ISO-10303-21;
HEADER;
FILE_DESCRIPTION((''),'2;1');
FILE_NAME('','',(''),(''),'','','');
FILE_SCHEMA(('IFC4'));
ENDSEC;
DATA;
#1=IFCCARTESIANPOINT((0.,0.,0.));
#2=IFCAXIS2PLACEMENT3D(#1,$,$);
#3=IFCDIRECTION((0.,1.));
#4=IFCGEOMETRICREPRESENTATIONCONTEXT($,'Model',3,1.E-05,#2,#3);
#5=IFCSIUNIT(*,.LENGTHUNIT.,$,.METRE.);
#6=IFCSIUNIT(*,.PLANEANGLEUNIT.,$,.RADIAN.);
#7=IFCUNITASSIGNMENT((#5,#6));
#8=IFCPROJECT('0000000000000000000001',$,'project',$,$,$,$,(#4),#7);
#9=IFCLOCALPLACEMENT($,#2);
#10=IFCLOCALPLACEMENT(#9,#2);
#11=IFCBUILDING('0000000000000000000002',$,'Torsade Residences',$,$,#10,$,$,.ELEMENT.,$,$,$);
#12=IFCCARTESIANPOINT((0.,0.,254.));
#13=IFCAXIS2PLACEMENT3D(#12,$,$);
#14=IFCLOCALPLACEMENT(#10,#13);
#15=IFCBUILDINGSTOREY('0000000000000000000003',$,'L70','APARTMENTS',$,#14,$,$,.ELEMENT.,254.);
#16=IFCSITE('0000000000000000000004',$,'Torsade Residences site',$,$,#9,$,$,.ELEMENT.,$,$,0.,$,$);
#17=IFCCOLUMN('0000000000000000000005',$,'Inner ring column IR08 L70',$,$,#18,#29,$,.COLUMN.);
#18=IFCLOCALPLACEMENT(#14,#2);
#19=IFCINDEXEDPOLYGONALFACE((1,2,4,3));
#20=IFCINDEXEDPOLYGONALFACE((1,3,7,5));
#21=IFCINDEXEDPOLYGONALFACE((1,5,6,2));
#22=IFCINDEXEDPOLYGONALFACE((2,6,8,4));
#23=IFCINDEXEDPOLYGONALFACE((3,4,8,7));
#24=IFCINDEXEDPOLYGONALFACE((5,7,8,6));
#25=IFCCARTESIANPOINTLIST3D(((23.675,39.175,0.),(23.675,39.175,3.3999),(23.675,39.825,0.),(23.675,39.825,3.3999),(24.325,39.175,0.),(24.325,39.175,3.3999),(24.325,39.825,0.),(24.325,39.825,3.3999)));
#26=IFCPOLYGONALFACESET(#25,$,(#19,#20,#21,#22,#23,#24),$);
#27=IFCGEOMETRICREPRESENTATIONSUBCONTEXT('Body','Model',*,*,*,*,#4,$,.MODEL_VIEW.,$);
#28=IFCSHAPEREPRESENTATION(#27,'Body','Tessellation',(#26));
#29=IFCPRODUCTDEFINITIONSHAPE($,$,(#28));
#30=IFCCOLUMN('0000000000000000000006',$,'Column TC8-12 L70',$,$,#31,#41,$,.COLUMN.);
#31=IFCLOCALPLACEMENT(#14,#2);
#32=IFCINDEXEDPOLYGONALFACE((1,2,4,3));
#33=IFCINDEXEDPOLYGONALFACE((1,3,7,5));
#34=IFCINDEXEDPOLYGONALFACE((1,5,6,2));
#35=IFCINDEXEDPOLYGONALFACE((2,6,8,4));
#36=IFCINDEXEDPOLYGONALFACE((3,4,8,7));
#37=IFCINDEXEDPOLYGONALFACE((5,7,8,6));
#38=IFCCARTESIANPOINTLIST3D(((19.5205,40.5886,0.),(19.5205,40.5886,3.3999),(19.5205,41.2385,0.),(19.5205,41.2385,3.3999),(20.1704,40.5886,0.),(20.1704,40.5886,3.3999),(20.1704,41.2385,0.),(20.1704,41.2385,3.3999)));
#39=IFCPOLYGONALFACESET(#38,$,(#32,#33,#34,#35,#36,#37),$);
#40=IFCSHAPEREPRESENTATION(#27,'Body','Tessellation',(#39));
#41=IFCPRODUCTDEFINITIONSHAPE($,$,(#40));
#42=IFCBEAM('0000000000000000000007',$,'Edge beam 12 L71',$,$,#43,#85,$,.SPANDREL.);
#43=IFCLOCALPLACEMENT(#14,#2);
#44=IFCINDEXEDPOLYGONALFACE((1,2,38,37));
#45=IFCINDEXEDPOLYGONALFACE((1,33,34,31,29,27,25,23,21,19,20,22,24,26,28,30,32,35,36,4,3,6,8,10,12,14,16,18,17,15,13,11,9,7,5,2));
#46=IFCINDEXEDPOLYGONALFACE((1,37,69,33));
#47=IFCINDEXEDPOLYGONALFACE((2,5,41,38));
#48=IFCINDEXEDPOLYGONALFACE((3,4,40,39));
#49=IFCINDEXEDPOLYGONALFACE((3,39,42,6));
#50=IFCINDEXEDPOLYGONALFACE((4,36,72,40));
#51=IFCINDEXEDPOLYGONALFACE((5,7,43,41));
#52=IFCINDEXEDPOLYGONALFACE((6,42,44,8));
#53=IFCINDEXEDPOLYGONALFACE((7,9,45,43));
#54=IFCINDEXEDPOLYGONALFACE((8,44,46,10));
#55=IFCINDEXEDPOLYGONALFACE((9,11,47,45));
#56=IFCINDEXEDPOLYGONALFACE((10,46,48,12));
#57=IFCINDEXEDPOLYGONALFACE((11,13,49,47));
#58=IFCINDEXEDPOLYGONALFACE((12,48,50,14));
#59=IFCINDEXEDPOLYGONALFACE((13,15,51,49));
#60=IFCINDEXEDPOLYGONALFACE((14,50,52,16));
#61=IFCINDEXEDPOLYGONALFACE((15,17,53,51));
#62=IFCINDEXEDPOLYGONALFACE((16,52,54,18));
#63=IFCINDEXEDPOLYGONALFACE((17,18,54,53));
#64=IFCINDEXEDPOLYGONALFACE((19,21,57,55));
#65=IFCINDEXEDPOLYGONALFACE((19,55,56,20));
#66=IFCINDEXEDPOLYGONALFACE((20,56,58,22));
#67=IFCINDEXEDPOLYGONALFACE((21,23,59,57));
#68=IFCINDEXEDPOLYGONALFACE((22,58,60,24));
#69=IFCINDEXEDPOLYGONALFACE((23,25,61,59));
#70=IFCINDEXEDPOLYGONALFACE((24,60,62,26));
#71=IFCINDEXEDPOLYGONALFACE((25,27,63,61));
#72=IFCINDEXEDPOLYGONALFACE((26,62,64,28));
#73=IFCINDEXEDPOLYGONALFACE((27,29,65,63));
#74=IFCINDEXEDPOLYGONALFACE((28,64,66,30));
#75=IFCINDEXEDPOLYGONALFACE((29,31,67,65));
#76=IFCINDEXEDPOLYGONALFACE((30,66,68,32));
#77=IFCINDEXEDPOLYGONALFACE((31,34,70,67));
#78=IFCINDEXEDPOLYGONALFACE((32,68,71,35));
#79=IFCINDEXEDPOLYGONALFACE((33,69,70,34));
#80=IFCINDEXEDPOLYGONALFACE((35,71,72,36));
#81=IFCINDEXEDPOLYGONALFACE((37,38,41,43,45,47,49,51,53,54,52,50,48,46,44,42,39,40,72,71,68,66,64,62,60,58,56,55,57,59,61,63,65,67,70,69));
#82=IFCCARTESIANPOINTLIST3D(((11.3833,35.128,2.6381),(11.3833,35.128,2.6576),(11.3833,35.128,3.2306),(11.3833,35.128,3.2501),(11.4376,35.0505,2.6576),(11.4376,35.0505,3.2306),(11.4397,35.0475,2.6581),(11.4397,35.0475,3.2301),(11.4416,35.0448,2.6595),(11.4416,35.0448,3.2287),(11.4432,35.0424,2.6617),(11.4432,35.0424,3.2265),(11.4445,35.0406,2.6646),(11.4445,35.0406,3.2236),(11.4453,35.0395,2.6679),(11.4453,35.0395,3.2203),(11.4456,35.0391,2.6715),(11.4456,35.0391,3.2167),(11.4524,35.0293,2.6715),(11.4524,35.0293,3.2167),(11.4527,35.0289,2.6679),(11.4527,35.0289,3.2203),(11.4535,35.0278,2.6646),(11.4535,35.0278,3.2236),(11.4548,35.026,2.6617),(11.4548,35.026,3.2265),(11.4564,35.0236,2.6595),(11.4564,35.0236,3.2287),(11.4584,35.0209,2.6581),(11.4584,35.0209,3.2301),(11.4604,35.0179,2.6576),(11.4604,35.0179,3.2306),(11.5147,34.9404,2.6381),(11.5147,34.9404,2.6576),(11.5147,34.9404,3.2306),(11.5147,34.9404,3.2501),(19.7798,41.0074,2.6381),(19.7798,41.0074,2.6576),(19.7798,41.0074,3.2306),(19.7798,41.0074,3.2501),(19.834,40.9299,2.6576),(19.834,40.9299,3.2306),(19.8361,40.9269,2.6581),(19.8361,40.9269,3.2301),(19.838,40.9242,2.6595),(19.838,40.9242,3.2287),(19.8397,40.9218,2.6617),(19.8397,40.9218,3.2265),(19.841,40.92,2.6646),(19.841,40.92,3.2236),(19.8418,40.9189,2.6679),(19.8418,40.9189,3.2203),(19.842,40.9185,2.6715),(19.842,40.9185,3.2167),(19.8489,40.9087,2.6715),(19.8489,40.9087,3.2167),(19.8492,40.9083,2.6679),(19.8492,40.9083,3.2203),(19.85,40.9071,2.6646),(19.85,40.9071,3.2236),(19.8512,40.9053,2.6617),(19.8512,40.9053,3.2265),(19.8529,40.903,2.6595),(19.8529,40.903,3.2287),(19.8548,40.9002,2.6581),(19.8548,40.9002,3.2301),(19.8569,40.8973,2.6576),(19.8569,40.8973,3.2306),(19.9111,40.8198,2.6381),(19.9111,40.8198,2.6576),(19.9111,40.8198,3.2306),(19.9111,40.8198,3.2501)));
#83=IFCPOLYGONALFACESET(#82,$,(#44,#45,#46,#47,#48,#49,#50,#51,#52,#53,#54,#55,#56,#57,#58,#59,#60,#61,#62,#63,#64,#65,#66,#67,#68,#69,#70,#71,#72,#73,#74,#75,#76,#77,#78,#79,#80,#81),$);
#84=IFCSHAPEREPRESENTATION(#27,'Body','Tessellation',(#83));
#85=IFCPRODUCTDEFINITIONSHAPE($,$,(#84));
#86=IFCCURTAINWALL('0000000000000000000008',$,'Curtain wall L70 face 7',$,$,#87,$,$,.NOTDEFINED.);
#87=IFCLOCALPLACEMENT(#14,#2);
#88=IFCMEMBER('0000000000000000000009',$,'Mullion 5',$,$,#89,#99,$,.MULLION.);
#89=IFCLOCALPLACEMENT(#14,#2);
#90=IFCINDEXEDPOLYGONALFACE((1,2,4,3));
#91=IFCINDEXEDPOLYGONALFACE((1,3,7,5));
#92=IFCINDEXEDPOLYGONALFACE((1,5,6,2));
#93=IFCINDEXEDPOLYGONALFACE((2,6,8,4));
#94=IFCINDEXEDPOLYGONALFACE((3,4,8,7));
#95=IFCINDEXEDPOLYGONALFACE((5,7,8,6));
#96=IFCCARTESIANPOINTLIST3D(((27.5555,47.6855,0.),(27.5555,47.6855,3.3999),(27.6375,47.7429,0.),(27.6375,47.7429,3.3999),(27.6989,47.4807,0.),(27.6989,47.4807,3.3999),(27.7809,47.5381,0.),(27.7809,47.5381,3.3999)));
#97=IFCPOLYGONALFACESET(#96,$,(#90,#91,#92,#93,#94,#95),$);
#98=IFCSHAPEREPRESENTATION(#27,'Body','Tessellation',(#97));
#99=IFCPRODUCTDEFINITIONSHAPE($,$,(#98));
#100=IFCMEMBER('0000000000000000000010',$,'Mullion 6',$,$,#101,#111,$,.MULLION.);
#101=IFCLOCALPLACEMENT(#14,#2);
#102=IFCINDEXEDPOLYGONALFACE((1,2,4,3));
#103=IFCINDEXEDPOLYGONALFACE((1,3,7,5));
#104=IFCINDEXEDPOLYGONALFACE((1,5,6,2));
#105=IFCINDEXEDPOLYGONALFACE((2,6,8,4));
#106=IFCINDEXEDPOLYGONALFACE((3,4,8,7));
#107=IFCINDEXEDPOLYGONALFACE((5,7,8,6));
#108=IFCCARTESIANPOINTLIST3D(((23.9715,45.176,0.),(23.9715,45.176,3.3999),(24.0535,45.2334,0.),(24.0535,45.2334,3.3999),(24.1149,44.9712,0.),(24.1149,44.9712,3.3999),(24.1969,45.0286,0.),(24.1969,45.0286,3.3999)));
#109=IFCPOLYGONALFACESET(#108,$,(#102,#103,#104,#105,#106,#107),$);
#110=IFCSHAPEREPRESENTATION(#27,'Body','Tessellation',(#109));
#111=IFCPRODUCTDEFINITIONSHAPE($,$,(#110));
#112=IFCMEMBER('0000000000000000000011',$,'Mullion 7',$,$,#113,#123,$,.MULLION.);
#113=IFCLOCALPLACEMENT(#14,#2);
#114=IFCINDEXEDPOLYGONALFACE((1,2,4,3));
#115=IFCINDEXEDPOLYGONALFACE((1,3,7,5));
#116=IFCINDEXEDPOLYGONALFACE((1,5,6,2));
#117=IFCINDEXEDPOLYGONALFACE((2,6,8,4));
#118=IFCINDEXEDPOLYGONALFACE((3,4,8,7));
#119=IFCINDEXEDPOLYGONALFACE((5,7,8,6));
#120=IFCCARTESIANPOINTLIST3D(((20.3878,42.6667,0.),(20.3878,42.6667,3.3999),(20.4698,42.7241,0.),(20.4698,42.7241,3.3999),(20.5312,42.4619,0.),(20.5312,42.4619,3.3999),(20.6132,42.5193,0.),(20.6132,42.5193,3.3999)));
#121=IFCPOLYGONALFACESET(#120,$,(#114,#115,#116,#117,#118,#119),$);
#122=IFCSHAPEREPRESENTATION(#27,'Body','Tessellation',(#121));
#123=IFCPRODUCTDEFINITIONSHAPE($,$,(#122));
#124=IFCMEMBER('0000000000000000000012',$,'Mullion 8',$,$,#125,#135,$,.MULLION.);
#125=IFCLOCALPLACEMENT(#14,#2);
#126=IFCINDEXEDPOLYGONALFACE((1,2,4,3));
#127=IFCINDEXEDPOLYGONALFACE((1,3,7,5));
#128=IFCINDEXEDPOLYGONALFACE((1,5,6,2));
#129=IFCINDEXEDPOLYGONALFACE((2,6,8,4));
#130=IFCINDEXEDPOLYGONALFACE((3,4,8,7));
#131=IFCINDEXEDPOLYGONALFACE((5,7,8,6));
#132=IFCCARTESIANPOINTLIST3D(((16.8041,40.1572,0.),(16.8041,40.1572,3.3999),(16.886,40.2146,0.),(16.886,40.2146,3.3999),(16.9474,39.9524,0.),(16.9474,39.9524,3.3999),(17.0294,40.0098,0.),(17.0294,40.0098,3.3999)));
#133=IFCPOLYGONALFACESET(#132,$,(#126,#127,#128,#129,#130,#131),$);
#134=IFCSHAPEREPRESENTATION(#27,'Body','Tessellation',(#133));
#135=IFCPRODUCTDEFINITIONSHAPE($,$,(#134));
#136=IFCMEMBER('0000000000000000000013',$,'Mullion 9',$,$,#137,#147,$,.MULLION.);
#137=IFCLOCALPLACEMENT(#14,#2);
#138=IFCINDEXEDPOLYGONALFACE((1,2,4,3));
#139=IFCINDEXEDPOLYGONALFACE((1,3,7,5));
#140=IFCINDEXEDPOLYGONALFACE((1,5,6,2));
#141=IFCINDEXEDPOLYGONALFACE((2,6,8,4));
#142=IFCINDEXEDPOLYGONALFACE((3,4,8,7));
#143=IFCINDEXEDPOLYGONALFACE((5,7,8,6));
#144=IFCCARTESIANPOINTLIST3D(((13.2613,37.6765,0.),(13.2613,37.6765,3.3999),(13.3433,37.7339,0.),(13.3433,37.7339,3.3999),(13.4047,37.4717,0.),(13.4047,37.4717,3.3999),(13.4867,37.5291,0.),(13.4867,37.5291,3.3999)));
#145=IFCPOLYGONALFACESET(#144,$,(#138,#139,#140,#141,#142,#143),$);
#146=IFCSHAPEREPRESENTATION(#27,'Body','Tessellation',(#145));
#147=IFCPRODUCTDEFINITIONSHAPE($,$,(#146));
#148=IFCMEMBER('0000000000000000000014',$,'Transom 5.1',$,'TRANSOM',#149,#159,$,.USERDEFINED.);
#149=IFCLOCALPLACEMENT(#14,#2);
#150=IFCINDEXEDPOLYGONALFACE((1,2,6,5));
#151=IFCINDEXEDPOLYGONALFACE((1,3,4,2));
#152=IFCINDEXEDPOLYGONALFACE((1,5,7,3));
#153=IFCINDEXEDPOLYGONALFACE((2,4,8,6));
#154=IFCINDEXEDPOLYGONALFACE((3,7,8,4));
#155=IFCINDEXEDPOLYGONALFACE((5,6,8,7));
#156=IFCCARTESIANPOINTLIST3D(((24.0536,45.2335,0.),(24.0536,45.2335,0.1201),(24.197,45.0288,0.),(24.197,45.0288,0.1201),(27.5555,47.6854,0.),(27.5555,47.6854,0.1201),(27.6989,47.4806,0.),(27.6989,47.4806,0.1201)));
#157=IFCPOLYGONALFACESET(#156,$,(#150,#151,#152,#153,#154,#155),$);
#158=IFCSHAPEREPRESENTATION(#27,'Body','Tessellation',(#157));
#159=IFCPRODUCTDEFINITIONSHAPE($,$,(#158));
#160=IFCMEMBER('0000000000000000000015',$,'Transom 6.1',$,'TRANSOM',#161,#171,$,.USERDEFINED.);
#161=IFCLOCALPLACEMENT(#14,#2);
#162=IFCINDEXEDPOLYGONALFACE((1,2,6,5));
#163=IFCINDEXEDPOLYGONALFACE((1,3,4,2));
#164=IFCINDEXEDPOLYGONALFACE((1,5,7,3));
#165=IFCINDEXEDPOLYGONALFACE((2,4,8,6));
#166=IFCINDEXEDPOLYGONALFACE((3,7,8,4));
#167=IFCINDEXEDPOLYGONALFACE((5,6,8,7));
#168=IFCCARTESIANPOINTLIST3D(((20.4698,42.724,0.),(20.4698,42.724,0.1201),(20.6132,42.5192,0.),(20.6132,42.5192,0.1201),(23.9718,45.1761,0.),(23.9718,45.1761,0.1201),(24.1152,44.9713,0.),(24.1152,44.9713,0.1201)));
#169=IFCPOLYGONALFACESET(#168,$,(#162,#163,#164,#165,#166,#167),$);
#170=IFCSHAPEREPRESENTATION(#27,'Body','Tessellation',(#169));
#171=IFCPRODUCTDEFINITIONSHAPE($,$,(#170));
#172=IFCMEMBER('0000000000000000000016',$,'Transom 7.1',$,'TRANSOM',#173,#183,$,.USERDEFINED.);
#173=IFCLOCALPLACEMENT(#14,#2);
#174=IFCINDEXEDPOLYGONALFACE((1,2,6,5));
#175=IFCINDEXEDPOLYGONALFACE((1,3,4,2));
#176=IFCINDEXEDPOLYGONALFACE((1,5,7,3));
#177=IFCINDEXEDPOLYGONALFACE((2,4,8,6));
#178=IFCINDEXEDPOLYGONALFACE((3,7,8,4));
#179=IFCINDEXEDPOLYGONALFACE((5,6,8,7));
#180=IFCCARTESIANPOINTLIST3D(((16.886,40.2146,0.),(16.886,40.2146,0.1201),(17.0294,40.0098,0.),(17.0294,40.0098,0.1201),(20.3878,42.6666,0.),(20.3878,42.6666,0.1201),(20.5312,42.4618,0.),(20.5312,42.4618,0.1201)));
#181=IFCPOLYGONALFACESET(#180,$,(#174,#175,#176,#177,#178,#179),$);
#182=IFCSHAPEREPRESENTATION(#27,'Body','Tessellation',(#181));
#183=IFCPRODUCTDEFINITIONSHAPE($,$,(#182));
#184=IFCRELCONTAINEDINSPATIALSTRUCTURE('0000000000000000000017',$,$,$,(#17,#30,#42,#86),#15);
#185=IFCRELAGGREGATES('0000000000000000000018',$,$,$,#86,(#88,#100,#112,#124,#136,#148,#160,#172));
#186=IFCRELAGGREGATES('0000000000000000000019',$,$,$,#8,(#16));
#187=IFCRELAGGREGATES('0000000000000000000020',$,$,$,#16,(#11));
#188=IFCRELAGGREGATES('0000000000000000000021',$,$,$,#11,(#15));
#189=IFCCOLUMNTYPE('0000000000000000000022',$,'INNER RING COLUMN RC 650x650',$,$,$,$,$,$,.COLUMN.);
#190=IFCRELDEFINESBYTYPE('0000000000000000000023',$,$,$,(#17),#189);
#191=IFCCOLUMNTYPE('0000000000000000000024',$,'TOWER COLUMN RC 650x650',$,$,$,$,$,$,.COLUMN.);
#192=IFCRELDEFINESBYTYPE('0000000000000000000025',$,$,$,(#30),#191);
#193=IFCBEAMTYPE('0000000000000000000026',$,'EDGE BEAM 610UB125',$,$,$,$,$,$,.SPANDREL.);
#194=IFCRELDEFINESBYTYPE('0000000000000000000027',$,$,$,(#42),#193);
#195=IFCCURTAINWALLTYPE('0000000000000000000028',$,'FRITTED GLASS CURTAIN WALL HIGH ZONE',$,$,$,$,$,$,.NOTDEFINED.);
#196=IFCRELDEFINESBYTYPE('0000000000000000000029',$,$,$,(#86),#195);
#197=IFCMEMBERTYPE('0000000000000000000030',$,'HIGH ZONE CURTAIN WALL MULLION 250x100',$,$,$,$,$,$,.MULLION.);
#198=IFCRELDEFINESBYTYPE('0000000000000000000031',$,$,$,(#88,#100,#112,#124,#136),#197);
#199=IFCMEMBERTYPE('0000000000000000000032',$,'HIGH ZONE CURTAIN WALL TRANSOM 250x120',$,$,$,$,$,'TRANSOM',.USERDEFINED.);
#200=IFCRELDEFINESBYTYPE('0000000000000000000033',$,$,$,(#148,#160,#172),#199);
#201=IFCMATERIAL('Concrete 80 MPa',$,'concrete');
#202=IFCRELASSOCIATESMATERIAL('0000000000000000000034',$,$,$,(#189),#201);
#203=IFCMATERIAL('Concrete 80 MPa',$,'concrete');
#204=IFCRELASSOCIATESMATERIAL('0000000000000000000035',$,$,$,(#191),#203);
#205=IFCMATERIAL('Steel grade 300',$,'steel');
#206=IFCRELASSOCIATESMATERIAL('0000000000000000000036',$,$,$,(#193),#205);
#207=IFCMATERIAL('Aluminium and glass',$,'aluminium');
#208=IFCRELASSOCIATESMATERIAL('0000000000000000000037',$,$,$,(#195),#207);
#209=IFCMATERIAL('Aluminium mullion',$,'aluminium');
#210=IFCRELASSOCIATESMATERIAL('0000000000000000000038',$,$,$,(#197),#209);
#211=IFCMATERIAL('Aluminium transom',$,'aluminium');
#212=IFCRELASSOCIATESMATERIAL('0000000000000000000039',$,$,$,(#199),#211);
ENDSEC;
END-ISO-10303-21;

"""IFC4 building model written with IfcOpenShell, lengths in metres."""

from ifc_helpers import new_model, si_unit, direction, frame, origin, origin_2d, place, context, subcontext, project, spatial, rectangle, i_section, extrude, material, material_profile, profile_set, type_object, element, aggregate, save


model = new_model("IFC4")

# Units and contexts
model_context = context("Model", 3, precision=1e-05, world=origin(), true_north=direction((0.0, 1.0)))
body_context = subcontext(model_context, "Body", "Model", "MODEL_VIEW")
ifc_project = project(units=[si_unit("LENGTHUNIT", "METRE"), si_unit("PLANEANGLEUNIT", "RADIAN")], contexts=[model_context])

# Site, building, storey
site_placement = place(None, origin())
site = spatial("IfcSite", under=ifc_project, at=site_placement, Name="Torsade Residences site", CompositionType="ELEMENT", RefElevation=0.0)
building_placement = place(site_placement, origin())
building = spatial("IfcBuilding", under=site, at=building_placement, Name="Torsade Residences", CompositionType="ELEMENT")
storey_placement = place(building_placement, frame((0.0, 0.0, 254.0)))
storey = spatial("IfcBuildingStorey", under=building, at=storey_placement, Name="L70", Description="APARTMENTS", CompositionType="ELEMENT", Elevation=254.0)

# Columns
ifc_material_1 = material(Name="Concrete 80 MPa", Category="concrete")
ifc_material_profile_1 = material_profile(ifc_material_1, rectangle(XDim=0.6499, YDim=0.6499, at=origin_2d()), Name="RC 650x650")
ifc_profile_set_1 = profile_set([ifc_material_profile_1], Name="Concrete 80 MPa")
column_type_1 = type_object("IfcColumnType", Name="INNER RING COLUMN RC 650x650", PredefinedType="COLUMN", material=ifc_profile_set_1)
column_1_placement = place(storey_placement, frame((24.0, 39.5, 0.0), z_axis=(0.0, 0.0, 1.0), x_axis=(1.0, 0.0, 0.0)))
element("IfcColumn", 1, at=column_1_placement, inside=storey, type_object=column_type_1, Name="Inner ring column IR08 L70", PredefinedType="COLUMN", context=body_context, shape_type="SweptSolid", body=[
    extrude(rectangle(XDim=0.6499, YDim=0.6499, at=origin_2d()), origin(), (0.0, 0.0, 1.0), 3.3999),
])
ifc_material_2 = material(Name="Concrete 80 MPa", Category="concrete")
ifc_material_profile_2 = material_profile(ifc_material_2, rectangle(XDim=0.6499, YDim=0.6499, at=origin_2d()), Name="RC 650x650")
ifc_profile_set_2 = profile_set([ifc_material_profile_2], Name="Concrete 80 MPa")
column_type_2 = type_object("IfcColumnType", Name="TOWER COLUMN RC 650x650", PredefinedType="COLUMN", material=ifc_profile_set_2)
column_2_placement = place(storey_placement, frame((19.8455, 40.9136, 0.0), z_axis=(0.0, 0.0, 1.0), x_axis=(1.0, 0.0, 0.0)))
element("IfcColumn", 2, at=column_2_placement, inside=storey, type_object=column_type_2, Name="Column TC8-12 L70", PredefinedType="COLUMN", context=body_context, shape_type="SweptSolid", body=[
    extrude(rectangle(XDim=0.6499, YDim=0.6499, at=origin_2d()), origin(), (0.0, 0.0, 1.0), 3.3999),
])

# Beam
ifc_material_3 = material(Name="Steel grade 300", Category="steel")
ifc_material_profile_3 = material_profile(ifc_material_3, i_section(OverallWidth=0.229, OverallDepth=0.6121, WebThickness=0.012, FlangeThickness=0.0195, FilletRadius=0.0139, at=origin_2d()), Name="610UB125")
ifc_profile_set_3 = profile_set([ifc_material_profile_3], Name="Steel grade 300")
beam_type_1 = type_object("IfcBeamType", Name="EDGE BEAM 610UB125", PredefinedType="SPANDREL", material=ifc_profile_set_3)
beam_1_placement = place(storey_placement, frame((19.8455, 40.9136, 2.9441), z_axis=(-0.819147, -0.573584, 0.0), x_axis=(0.573584, -0.819147, 0.0)))
element("IfcBeam", 3, at=beam_1_placement, inside=storey, type_object=beam_type_1, Name="Edge beam 12 L71", PredefinedType="SPANDREL", context=body_context, shape_type="SweptSolid", body=[
    extrude(i_section(OverallWidth=0.229, OverallDepth=0.6121, WebThickness=0.012, FlangeThickness=0.0195, FilletRadius=0.0139, at=origin_2d()), origin(), (0.0, 0.0, 1.0), 10.2502),
])

# Curtain wall, members
ifc_material_4 = material(Name="Aluminium and glass", Category="aluminium")
curtain_wall_type = type_object("IfcCurtainWallType", Name="FRITTED GLASS CURTAIN WALL HIGH ZONE", PredefinedType="NOTDEFINED", material=ifc_material_4)
curtain_wall_placement = place(storey_placement, origin())
curtain_wall = element("IfcCurtainWall", 4, at=curtain_wall_placement, inside=storey, type_object=curtain_wall_type, Name="Curtain wall L70 face 7", PredefinedType="NOTDEFINED")
ifc_material_5 = material(Name="Aluminium mullion", Category="aluminium")
ifc_material_profile_4 = material_profile(ifc_material_5, rectangle(XDim=0.25, YDim=0.1001, at=origin_2d()), Name="HIGH ZONE CURTAIN WALL MULLION 250x100")
ifc_profile_set_4 = profile_set([ifc_material_profile_4], Name="Aluminium mullion")
member_type_1 = type_object("IfcMemberType", Name="HIGH ZONE CURTAIN WALL MULLION 250x100", PredefinedType="MULLION", material=ifc_profile_set_4)
member_1_placement = place(storey_placement, frame((27.6682, 47.6118, 0.0), z_axis=(0.0, 0.0, 1.0), x_axis=(0.573576, -0.819152, 0.0)))
member_1 = element("IfcMember", 5, at=member_1_placement, type_object=member_type_1, Name="Mullion 5", PredefinedType="MULLION", context=body_context, shape_type="SweptSolid", body=[
    extrude(rectangle(XDim=0.25, YDim=0.1001, at=origin_2d()), origin(), (0.0, 0.0, 1.0), 3.3999),
])
member_2_placement = place(storey_placement, frame((24.0842, 45.1023, 0.0), z_axis=(0.0, 0.0, 1.0), x_axis=(0.573576, -0.819152, 0.0)))
member_2 = element("IfcMember", 6, at=member_2_placement, type_object=member_type_1, Name="Mullion 6", PredefinedType="MULLION", context=body_context, shape_type="SweptSolid", body=[
    extrude(rectangle(XDim=0.25, YDim=0.1001, at=origin_2d()), origin(), (0.0, 0.0, 1.0), 3.3999),
])
member_3_placement = place(storey_placement, frame((20.5005, 42.593, 0.0), z_axis=(0.0, 0.0, 1.0), x_axis=(0.573576, -0.819152, 0.0)))
member_3 = element("IfcMember", 7, at=member_3_placement, type_object=member_type_1, Name="Mullion 7", PredefinedType="MULLION", context=body_context, shape_type="SweptSolid", body=[
    extrude(rectangle(XDim=0.25, YDim=0.1001, at=origin_2d()), origin(), (0.0, 0.0, 1.0), 3.3999),
])
member_4_placement = place(storey_placement, frame((16.9167, 40.0835, 0.0), z_axis=(0.0, 0.0, 1.0), x_axis=(0.573576, -0.819152, 0.0)))
member_4 = element("IfcMember", 8, at=member_4_placement, type_object=member_type_1, Name="Mullion 8", PredefinedType="MULLION", context=body_context, shape_type="SweptSolid", body=[
    extrude(rectangle(XDim=0.25, YDim=0.1001, at=origin_2d()), origin(), (0.0, 0.0, 1.0), 3.3999),
])
member_5_placement = place(storey_placement, frame((13.374, 37.6028, 0.0), z_axis=(0.0, 0.0, 1.0), x_axis=(0.573576, -0.819152, 0.0)))
member_5 = element("IfcMember", 9, at=member_5_placement, type_object=member_type_1, Name="Mullion 9", PredefinedType="MULLION", context=body_context, shape_type="SweptSolid", body=[
    extrude(rectangle(XDim=0.25, YDim=0.1001, at=origin_2d()), origin(), (0.0, 0.0, 1.0), 3.3999),
])
ifc_material_6 = material(Name="Aluminium transom", Category="aluminium")
ifc_material_profile_5 = material_profile(ifc_material_6, rectangle(XDim=0.25, YDim=0.1201, at=origin_2d()), Name="HIGH ZONE CURTAIN WALL TRANSOM 250x120")
ifc_profile_set_5 = profile_set([ifc_material_profile_5], Name="Aluminium transom")
member_type_2 = type_object("IfcMemberType", Name="HIGH ZONE CURTAIN WALL TRANSOM 250x120", ElementType="TRANSOM", PredefinedType="USERDEFINED", material=ifc_profile_set_5)
member_6_placement = place(storey_placement, frame((27.6272, 47.583, 0.0601), z_axis=(-0.819173, -0.573547, 0.0), x_axis=(0.573547, -0.819173, 0.0)))
member_6 = element("IfcMember", 10, at=member_6_placement, type_object=member_type_2, Name="Transom 5.1", ObjectType="TRANSOM", PredefinedType="USERDEFINED", context=body_context, shape_type="SweptSolid", body=[
    extrude(rectangle(XDim=0.25, YDim=0.1201, at=origin_2d()), origin(), (0.0, 0.0, 1.0), 4.2749),
])
member_7_placement = place(storey_placement, frame((24.0435, 45.0737, 0.0601), z_axis=(-0.819146, -0.573585, 0.0), x_axis=(0.573585, -0.819146, 0.0)))
member_7 = element("IfcMember", 11, at=member_7_placement, type_object=member_type_2, Name="Transom 6.1", ObjectType="TRANSOM", PredefinedType="USERDEFINED", context=body_context, shape_type="SweptSolid", body=[
    extrude(rectangle(XDim=0.25, YDim=0.1201, at=origin_2d()), origin(), (0.0, 0.0, 1.0), 4.2751),
])
member_8_placement = place(storey_placement, frame((20.4595, 42.5642, 0.0601), z_axis=(-0.819154, -0.573573, 0.0), x_axis=(0.573573, -0.819154, 0.0)))
member_8 = element("IfcMember", 12, at=member_8_placement, type_object=member_type_2, Name="Transom 7.1", ObjectType="TRANSOM", PredefinedType="USERDEFINED", context=body_context, shape_type="SweptSolid", body=[
    extrude(rectangle(XDim=0.25, YDim=0.1201, at=origin_2d()), origin(), (0.0, 0.0, 1.0), 4.2749),
])

aggregate(curtain_wall, [member_1, member_2, member_3, member_4, member_5, member_6, member_7, member_8])

save(model, "model.ifc")
